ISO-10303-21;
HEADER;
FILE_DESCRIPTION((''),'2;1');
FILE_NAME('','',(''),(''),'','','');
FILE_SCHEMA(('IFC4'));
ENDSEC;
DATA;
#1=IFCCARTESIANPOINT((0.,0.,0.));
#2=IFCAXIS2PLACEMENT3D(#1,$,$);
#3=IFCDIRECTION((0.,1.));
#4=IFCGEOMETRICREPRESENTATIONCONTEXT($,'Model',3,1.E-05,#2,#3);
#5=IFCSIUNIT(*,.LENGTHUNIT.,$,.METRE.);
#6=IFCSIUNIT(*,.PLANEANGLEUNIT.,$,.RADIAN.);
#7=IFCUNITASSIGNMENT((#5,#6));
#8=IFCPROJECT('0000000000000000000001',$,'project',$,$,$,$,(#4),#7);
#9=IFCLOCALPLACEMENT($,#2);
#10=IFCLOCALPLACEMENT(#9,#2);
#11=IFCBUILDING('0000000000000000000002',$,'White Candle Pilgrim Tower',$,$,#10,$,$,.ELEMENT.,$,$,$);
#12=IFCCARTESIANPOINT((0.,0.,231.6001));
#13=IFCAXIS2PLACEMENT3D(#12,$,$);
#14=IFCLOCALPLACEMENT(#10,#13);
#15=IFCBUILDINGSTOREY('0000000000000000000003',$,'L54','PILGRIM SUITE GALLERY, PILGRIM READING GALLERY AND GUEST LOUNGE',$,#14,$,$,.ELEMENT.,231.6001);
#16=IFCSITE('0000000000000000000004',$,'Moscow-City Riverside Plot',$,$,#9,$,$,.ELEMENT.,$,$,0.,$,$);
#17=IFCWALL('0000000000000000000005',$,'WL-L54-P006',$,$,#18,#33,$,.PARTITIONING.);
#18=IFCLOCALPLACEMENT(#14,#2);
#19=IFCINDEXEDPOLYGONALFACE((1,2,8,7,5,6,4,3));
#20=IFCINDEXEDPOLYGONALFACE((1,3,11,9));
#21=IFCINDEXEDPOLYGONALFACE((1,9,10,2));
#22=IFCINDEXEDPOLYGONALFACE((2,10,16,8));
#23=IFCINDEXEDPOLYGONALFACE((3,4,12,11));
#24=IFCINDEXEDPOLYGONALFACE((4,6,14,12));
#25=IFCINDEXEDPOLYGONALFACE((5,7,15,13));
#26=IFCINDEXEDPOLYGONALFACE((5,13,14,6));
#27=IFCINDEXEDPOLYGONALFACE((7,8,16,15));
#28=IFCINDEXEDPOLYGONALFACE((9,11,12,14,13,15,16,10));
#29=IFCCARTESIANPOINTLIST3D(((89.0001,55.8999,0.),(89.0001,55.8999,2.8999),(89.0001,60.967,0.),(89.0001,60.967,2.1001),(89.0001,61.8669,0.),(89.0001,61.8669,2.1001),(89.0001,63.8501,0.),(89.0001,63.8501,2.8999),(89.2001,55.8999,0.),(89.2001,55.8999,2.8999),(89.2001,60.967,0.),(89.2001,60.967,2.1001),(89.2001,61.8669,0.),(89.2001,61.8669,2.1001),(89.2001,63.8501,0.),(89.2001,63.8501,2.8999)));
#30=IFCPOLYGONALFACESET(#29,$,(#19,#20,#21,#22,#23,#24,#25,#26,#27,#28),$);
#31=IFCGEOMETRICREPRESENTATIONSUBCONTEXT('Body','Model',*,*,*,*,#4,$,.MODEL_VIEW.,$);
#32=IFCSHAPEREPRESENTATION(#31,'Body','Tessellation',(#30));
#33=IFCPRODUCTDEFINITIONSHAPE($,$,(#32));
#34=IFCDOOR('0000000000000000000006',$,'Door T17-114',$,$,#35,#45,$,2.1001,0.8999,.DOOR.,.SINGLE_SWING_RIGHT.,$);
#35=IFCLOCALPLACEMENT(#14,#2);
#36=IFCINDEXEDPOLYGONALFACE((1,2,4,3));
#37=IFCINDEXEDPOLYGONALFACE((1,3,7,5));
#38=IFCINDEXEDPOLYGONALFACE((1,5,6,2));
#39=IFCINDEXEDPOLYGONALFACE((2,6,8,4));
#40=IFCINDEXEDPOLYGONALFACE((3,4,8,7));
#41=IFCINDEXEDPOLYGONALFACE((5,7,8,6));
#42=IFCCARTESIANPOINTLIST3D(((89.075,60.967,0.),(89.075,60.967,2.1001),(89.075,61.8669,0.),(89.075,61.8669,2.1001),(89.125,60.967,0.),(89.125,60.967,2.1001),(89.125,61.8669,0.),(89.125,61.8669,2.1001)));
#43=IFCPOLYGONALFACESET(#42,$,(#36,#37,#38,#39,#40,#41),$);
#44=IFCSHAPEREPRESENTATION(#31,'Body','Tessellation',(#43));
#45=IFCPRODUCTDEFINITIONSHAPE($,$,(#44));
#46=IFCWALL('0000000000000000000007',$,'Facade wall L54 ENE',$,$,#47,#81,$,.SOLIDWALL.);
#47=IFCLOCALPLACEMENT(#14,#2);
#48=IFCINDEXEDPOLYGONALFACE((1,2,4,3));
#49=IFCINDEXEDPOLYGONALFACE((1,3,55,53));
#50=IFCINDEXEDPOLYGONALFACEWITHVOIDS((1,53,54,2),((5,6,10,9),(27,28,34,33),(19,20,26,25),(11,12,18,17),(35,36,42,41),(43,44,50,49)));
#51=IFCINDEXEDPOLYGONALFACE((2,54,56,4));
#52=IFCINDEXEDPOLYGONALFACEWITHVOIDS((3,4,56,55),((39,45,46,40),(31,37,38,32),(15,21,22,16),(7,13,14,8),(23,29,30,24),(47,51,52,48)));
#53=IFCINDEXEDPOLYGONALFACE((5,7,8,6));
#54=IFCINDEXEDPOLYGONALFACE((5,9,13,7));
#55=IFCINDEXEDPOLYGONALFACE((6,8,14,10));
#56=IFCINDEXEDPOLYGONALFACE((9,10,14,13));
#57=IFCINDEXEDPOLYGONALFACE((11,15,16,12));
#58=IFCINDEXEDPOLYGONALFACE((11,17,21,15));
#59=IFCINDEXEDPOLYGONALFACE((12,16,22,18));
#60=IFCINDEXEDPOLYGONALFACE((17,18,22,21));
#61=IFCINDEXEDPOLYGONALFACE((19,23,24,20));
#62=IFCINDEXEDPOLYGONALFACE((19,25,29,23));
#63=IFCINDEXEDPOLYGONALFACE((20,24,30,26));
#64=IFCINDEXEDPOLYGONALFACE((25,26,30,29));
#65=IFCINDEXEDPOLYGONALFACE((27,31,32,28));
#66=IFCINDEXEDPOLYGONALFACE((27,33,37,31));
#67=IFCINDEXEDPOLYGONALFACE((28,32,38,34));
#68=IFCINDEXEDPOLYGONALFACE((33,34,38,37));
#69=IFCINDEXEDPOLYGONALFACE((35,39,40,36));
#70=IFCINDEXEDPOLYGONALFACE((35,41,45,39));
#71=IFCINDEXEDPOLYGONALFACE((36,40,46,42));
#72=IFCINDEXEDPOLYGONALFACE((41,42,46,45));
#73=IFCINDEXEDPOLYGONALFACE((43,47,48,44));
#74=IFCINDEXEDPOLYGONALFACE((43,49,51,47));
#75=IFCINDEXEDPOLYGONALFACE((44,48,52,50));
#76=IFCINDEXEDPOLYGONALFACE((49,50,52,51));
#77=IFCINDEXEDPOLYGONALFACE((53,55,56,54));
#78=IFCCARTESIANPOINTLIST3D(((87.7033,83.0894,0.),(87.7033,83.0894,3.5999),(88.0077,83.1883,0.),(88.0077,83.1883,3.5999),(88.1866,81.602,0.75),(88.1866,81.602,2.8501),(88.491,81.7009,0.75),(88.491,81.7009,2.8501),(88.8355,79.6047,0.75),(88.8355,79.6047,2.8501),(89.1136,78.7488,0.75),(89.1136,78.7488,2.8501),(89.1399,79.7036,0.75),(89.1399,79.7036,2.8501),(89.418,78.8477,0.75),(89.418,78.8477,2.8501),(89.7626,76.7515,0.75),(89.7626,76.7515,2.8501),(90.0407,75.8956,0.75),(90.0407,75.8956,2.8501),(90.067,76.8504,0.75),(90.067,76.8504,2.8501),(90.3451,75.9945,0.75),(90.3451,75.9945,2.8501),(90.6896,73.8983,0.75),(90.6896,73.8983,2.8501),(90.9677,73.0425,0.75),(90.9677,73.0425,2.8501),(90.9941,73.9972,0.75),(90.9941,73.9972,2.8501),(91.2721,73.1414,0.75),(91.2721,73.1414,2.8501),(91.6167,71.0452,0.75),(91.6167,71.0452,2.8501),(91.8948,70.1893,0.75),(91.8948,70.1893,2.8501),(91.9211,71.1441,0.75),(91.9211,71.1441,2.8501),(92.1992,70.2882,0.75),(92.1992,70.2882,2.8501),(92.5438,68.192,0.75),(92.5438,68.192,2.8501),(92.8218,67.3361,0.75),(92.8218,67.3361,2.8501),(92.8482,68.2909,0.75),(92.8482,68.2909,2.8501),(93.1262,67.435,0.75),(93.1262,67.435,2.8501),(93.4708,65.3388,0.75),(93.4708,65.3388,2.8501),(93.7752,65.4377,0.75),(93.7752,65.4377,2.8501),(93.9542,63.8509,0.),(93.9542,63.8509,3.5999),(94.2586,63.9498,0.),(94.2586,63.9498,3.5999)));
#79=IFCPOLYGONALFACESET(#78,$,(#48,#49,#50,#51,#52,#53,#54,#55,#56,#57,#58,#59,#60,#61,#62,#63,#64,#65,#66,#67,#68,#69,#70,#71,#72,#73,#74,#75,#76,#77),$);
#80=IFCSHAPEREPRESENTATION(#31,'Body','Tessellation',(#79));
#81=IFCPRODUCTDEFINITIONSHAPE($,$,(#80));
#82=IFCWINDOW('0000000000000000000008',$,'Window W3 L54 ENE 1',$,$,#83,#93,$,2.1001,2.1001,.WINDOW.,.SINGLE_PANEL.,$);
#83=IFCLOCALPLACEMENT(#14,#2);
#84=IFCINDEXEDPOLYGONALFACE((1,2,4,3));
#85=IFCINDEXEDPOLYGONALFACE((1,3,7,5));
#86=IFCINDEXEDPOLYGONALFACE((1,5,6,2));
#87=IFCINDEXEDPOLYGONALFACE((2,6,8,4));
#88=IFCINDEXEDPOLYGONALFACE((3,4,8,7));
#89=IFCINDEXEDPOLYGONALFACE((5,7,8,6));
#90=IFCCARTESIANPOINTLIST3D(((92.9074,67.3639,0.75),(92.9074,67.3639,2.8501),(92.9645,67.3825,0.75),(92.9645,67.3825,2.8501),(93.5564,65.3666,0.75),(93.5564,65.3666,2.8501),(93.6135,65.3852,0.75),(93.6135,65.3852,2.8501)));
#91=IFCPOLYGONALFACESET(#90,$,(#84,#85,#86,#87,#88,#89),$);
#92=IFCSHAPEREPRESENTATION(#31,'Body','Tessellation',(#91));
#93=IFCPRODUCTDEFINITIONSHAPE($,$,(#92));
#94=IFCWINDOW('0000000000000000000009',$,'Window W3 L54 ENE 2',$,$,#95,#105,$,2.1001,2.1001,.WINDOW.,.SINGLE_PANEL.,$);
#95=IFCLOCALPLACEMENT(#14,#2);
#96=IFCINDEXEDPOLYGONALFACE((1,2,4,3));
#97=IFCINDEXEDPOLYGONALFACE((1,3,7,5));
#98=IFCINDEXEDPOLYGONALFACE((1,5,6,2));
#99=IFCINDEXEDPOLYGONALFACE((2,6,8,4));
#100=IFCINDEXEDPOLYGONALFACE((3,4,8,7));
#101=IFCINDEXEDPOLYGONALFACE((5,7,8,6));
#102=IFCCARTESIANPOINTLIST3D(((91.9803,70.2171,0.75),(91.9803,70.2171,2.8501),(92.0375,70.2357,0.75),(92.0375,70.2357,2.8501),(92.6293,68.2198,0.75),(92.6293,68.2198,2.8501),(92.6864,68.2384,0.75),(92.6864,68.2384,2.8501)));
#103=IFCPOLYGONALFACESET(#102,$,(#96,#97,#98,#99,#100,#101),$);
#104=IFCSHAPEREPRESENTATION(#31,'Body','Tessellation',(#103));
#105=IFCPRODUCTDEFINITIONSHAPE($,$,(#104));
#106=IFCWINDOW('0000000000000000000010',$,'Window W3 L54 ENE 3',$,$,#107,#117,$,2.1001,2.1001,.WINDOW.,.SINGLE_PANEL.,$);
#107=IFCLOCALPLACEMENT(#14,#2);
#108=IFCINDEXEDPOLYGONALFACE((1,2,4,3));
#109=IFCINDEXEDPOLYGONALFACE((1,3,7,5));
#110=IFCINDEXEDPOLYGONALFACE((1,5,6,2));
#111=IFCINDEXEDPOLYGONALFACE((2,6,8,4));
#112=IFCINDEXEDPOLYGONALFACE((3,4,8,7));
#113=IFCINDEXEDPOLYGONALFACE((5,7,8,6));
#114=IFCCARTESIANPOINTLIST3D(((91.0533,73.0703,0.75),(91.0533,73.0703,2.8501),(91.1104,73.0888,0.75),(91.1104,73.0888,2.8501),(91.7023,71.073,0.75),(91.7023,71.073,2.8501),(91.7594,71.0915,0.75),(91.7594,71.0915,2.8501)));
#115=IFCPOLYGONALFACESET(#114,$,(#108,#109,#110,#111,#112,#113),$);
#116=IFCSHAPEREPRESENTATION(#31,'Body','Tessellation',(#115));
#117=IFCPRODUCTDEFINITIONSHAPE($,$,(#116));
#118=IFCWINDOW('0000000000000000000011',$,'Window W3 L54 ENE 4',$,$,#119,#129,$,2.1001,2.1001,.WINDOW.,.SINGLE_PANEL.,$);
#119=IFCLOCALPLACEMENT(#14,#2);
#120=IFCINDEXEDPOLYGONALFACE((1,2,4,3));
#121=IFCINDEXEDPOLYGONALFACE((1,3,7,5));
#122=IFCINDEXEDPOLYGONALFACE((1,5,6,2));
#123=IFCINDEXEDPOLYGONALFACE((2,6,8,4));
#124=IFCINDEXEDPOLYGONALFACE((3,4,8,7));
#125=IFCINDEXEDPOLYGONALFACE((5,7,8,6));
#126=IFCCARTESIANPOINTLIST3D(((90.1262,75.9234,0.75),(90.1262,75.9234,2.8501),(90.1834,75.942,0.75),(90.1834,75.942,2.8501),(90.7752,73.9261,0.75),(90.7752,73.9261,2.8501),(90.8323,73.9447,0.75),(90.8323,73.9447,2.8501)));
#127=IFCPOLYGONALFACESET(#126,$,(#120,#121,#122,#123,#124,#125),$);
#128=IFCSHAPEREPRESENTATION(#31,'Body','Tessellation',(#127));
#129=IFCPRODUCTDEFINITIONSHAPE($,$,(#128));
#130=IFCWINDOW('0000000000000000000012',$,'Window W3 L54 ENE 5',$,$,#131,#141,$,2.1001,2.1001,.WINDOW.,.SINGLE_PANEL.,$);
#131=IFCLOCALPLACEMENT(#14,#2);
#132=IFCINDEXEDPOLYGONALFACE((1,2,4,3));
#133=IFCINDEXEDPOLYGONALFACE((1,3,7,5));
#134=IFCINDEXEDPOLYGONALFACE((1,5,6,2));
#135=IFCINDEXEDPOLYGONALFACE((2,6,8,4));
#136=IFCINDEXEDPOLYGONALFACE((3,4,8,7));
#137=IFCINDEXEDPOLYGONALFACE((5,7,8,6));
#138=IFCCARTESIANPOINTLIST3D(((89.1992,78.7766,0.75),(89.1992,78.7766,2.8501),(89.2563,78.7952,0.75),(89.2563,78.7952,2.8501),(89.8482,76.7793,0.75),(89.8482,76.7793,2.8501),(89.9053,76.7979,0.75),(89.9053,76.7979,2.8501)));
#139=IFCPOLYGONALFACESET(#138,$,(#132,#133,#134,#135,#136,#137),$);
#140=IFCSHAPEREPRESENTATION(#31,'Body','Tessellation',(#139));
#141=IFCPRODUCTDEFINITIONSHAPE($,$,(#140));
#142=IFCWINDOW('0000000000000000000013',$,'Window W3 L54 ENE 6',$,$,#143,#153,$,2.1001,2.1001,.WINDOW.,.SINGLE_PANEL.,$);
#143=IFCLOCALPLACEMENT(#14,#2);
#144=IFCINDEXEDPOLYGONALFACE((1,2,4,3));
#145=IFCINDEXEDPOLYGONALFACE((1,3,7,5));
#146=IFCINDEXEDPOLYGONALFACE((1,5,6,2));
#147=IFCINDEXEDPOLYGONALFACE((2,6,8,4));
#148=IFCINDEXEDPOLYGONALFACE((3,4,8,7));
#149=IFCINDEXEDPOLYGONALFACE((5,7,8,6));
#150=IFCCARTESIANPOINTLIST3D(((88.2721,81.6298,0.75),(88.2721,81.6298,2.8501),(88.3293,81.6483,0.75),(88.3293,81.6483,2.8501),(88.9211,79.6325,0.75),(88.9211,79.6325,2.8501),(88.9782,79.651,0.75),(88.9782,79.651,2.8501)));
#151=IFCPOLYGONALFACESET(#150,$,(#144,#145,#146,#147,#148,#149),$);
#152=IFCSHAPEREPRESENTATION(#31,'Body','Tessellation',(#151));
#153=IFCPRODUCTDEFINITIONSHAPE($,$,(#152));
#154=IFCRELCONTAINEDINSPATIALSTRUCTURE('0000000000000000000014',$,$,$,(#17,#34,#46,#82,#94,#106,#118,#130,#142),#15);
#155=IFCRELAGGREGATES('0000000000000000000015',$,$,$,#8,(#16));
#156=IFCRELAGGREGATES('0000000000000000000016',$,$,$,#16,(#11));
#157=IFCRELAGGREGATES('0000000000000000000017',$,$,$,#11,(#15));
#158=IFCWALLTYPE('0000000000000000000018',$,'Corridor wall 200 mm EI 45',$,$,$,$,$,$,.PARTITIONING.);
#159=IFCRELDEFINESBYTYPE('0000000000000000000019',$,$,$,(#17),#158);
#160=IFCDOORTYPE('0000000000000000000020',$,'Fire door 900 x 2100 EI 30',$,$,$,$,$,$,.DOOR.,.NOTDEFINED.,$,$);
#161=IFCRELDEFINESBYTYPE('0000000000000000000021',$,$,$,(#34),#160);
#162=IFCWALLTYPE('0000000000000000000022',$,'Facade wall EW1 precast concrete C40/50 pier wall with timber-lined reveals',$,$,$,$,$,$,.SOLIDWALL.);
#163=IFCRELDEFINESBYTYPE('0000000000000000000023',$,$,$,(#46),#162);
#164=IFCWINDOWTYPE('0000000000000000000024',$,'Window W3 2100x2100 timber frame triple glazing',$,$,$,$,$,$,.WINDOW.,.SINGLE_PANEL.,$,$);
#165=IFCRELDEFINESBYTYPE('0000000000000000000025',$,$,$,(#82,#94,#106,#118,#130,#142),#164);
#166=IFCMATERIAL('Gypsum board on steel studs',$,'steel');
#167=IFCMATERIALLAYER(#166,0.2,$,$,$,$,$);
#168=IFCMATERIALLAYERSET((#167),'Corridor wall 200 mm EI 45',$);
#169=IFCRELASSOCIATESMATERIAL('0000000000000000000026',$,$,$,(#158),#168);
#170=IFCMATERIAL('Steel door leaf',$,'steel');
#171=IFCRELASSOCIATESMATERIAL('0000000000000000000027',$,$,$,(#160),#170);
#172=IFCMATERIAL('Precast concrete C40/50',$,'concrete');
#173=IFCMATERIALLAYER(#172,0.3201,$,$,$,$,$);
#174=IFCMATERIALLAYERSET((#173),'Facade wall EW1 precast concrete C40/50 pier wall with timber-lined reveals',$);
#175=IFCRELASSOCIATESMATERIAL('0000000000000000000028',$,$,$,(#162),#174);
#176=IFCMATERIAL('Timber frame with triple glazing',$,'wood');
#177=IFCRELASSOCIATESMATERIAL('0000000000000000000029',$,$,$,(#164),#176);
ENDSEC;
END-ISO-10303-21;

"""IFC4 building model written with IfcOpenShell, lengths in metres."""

from ifc_helpers import new_model, si_unit, direction, frame, frame_2d, origin, place, context, subcontext, project, spatial, rectangle, extrude, material, layer, layer_set, type_object, element, fill, save


model = new_model("IFC4")

# Units and contexts
model_context = context("Model", 3, precision=1e-05, world=origin(), true_north=direction((0.0, 1.0)))
body_context = subcontext(model_context, "Body", "Model", "MODEL_VIEW")
ifc_project = project(units=[si_unit("LENGTHUNIT", "METRE"), si_unit("PLANEANGLEUNIT", "RADIAN")], contexts=[model_context])

# Site, building, storey
site_placement = place(None, origin())
site = spatial("IfcSite", under=ifc_project, at=site_placement, Name="Moscow-City Riverside Plot", CompositionType="ELEMENT", RefElevation=0.0)
building_placement = place(site_placement, origin())
building = spatial("IfcBuilding", under=site, at=building_placement, Name="White Candle Pilgrim Tower", CompositionType="ELEMENT")
storey_placement = place(building_placement, frame((0.0, 0.0, 231.6001)))
storey = spatial("IfcBuildingStorey", under=building, at=storey_placement, Name="L54", Description="PILGRIM SUITE GALLERY, PILGRIM READING GALLERY AND GUEST LOUNGE", CompositionType="ELEMENT", Elevation=231.6001)

# Wall, opening, door
ifc_material_1 = material(Name="Gypsum board on steel studs", Category="steel")
ifc_layer_1 = layer(ifc_material_1, 0.2)
ifc_layer_set_1 = layer_set([ifc_layer_1], Name="Corridor wall 200 mm EI 45")
wall_type_1 = type_object("IfcWallType", Name="Corridor wall 200 mm EI 45", PredefinedType="PARTITIONING", material=ifc_layer_set_1)
ifc_material_2 = material(Name="Steel door leaf", Category="steel")
door_type_1 = type_object("IfcDoorType", Name="Fire door 900 x 2100 EI 30", OperationType="NOTDEFINED", PredefinedType="DOOR", material=ifc_material_2)
wall_1_placement = place(storey_placement, frame((89.1001, 63.8501, 0.0), z_axis=(0.0, 0.0, 1.0), x_axis=(0.0, -1.0, 0.0)))
wall_1 = element("IfcWall", 1, at=wall_1_placement, inside=storey, type_object=wall_type_1, Name="WL-L54-P006", PredefinedType="PARTITIONING", context=body_context, shape_type="SweptSolid", body=[
    extrude(rectangle(XDim=7.9502, YDim=0.2, at=frame_2d((3.9751, 0.0))), origin(), (0.0, 0.0, 1.0), 2.8999),
])
opening_1_placement = place(wall_1_placement, frame((1.9832, 0.0, 0.0)))
opening_1 = element("IfcOpeningElement", 2, at=opening_1_placement, cuts=wall_1, PredefinedType="OPENING", context=body_context, shape_type="SweptSolid", body=[
    extrude(rectangle(XDim=0.8999, YDim=2.1001, at=frame_2d((0.45, 1.05))), frame((0.0, 0.1099, 0.0), z_axis=(0.0, -1.0, 0.0), x_axis=(1.0, 0.0, 0.0)), (0.0, 0.0, 1.0), 0.22),
])
door_1_placement = place(opening_1_placement, origin())
door_1 = element("IfcDoor", 3, at=door_1_placement, inside=storey, type_object=door_type_1, Name="Door T17-114", OperationType="SINGLE_SWING_RIGHT", OverallHeight=2.1001, OverallWidth=0.8999, PredefinedType="DOOR", context=body_context, shape_type="SweptSolid", body=[
    extrude(rectangle(XDim=0.8999, YDim=2.1001, at=frame_2d((0.45, 1.05))), frame((0.0, 0.0249, 0.0), z_axis=(0.0, -1.0, 0.0), x_axis=(1.0, 0.0, 0.0)), (0.0, 0.0, 1.0), 0.05),
])
fill(opening_1, door_1)

# Wall, openings, windows
ifc_material_3 = material(Name="Precast concrete C40/50", Category="concrete")
ifc_layer_2 = layer(ifc_material_3, 0.3201)
ifc_layer_set_2 = layer_set([ifc_layer_2], Name="Facade wall EW1 precast concrete C40/50 pier wall with timber-lined reveals")
wall_type_2 = type_object("IfcWallType", Name="Facade wall EW1 precast concrete C40/50 pier wall with timber-lined reveals", PredefinedType="SOLIDWALL", material=ifc_layer_set_2)
wall_2_placement = place(storey_placement, frame((94.1064, 63.9004, 0.0), z_axis=(0.0, 0.0, 1.0), x_axis=(-0.309017, 0.951057, 0.0)))
wall_2 = element("IfcWall", 4, at=wall_2_placement, inside=storey, type_object=wall_type_2, Name="Facade wall L54 ENE", PredefinedType="SOLIDWALL", context=body_context, shape_type="SweptSolid", body=[
    extrude(rectangle(XDim=20.2285, YDim=0.3201, at=frame_2d((10.1143, 0.0))), origin(), (0.0, 0.0, 1.0), 3.5999),
])
opening_2_placement = place(wall_2_placement, frame((1.5645, 0.0, 0.75)))
opening_2 = element("IfcOpeningElement", 5, at=opening_2_placement, cuts=wall_2, PredefinedType="OPENING", context=body_context, shape_type="SweptSolid", body=[
    extrude(rectangle(XDim=2.1001, YDim=2.1001, at=frame_2d((1.05, 1.05))), frame((0.0, 0.1699, 0.0), z_axis=(0.0, -1.0, 0.0), x_axis=(1.0, 0.0, 0.0)), (0.0, 0.0, 1.0), 0.3401),
])
opening_3_placement = place(wall_2_placement, frame((4.5645, 0.0, 0.75)))
opening_3 = element("IfcOpeningElement", 6, at=opening_3_placement, cuts=wall_2, PredefinedType="OPENING", context=body_context, shape_type="SweptSolid", body=[
    extrude(rectangle(XDim=2.1001, YDim=2.1001, at=frame_2d((1.05, 1.05))), frame((0.0, 0.1699, 0.0), z_axis=(0.0, -1.0, 0.0), x_axis=(1.0, 0.0, 0.0)), (0.0, 0.0, 1.0), 0.3401),
])
opening_4_placement = place(wall_2_placement, frame((7.5645, 0.0, 0.75)))
opening_4 = element("IfcOpeningElement", 7, at=opening_4_placement, cuts=wall_2, PredefinedType="OPENING", context=body_context, shape_type="SweptSolid", body=[
    extrude(rectangle(XDim=2.1001, YDim=2.1001, at=frame_2d((1.05, 1.05))), frame((0.0, 0.1699, 0.0), z_axis=(0.0, -1.0, 0.0), x_axis=(1.0, 0.0, 0.0)), (0.0, 0.0, 1.0), 0.3401),
])
opening_5_placement = place(wall_2_placement, frame((10.5645, 0.0, 0.75)))
opening_5 = element("IfcOpeningElement", 8, at=opening_5_placement, cuts=wall_2, PredefinedType="OPENING", context=body_context, shape_type="SweptSolid", body=[
    extrude(rectangle(XDim=2.1001, YDim=2.1001, at=frame_2d((1.05, 1.05))), frame((0.0, 0.1699, 0.0), z_axis=(0.0, -1.0, 0.0), x_axis=(1.0, 0.0, 0.0)), (0.0, 0.0, 1.0), 0.3401),
])
opening_6_placement = place(wall_2_placement, frame((13.5645, 0.0, 0.75)))
opening_6 = element("IfcOpeningElement", 9, at=opening_6_placement, cuts=wall_2, PredefinedType="OPENING", context=body_context, shape_type="SweptSolid", body=[
    extrude(rectangle(XDim=2.1001, YDim=2.1001, at=frame_2d((1.05, 1.05))), frame((0.0, 0.1699, 0.0), z_axis=(0.0, -1.0, 0.0), x_axis=(1.0, 0.0, 0.0)), (0.0, 0.0, 1.0), 0.3401),
])
opening_7_placement = place(wall_2_placement, frame((16.5645, 0.0, 0.75)))
opening_7 = element("IfcOpeningElement", 10, at=opening_7_placement, cuts=wall_2, PredefinedType="OPENING", context=body_context, shape_type="SweptSolid", body=[
    extrude(rectangle(XDim=2.1001, YDim=2.1001, at=frame_2d((1.05, 1.05))), frame((0.0, 0.1699, 0.0), z_axis=(0.0, -1.0, 0.0), x_axis=(1.0, 0.0, 0.0)), (0.0, 0.0, 1.0), 0.3401),
])
ifc_material_4 = material(Name="Timber frame with triple glazing", Category="wood")
window_type = type_object("IfcWindowType", Name="Window W3 2100x2100 timber frame triple glazing", PartitioningType="SINGLE_PANEL", PredefinedType="WINDOW", material=ifc_material_4)
window_1_placement = place(opening_2_placement, origin())
window_1 = element("IfcWindow", 11, at=window_1_placement, inside=storey, type_object=window_type, Name="Window W3 L54 ENE 1", OverallHeight=2.1001, OverallWidth=2.1001, PartitioningType="SINGLE_PANEL", PredefinedType="WINDOW", context=body_context, shape_type="SweptSolid", body=[
    extrude(rectangle(XDim=2.1001, YDim=2.1001, at=frame_2d((1.05, 1.05))), frame((0.0, 0.0701, 0.0), z_axis=(0.0, -1.0, 0.0), x_axis=(1.0, 0.0, 0.0)), (0.0, 0.0, 1.0), 0.0601),
])
fill(opening_2, window_1)
window_2_placement = place(opening_3_placement, origin())
window_2 = element("IfcWindow", 12, at=window_2_placement, inside=storey, type_object=window_type, Name="Window W3 L54 ENE 2", OverallHeight=2.1001, OverallWidth=2.1001, PartitioningType="SINGLE_PANEL", PredefinedType="WINDOW", context=body_context, shape_type="SweptSolid", body=[
    extrude(rectangle(XDim=2.1001, YDim=2.1001, at=frame_2d((1.05, 1.05))), frame((0.0, 0.0701, 0.0), z_axis=(0.0, -1.0, 0.0), x_axis=(1.0, 0.0, 0.0)), (0.0, 0.0, 1.0), 0.0601),
])
fill(opening_3, window_2)
window_3_placement = place(opening_4_placement, origin())
window_3 = element("IfcWindow", 13, at=window_3_placement, inside=storey, type_object=window_type, Name="Window W3 L54 ENE 3", OverallHeight=2.1001, OverallWidth=2.1001, PartitioningType="SINGLE_PANEL", PredefinedType="WINDOW", context=body_context, shape_type="SweptSolid", body=[
    extrude(rectangle(XDim=2.1001, YDim=2.1001, at=frame_2d((1.05, 1.05))), frame((0.0, 0.0701, 0.0), z_axis=(0.0, -1.0, 0.0), x_axis=(1.0, 0.0, 0.0)), (0.0, 0.0, 1.0), 0.0601),
])
fill(opening_4, window_3)
window_4_placement = place(opening_5_placement, origin())
window_4 = element("IfcWindow", 14, at=window_4_placement, inside=storey, type_object=window_type, Name="Window W3 L54 ENE 4", OverallHeight=2.1001, OverallWidth=2.1001, PartitioningType="SINGLE_PANEL", PredefinedType="WINDOW", context=body_context, shape_type="SweptSolid", body=[
    extrude(rectangle(XDim=2.1001, YDim=2.1001, at=frame_2d((1.05, 1.05))), frame((0.0, 0.0701, 0.0), z_axis=(0.0, -1.0, 0.0), x_axis=(1.0, 0.0, 0.0)), (0.0, 0.0, 1.0), 0.0601),
])
fill(opening_5, window_4)
window_5_placement = place(opening_6_placement, origin())
window_5 = element("IfcWindow", 15, at=window_5_placement, inside=storey, type_object=window_type, Name="Window W3 L54 ENE 5", OverallHeight=2.1001, OverallWidth=2.1001, PartitioningType="SINGLE_PANEL", PredefinedType="WINDOW", context=body_context, shape_type="SweptSolid", body=[
    extrude(rectangle(XDim=2.1001, YDim=2.1001, at=frame_2d((1.05, 1.05))), frame((0.0, 0.0701, 0.0), z_axis=(0.0, -1.0, 0.0), x_axis=(1.0, 0.0, 0.0)), (0.0, 0.0, 1.0), 0.0601),
])
fill(opening_6, window_5)
window_6_placement = place(opening_7_placement, origin())
window_6 = element("IfcWindow", 16, at=window_6_placement, inside=storey, type_object=window_type, Name="Window W3 L54 ENE 6", OverallHeight=2.1001, OverallWidth=2.1001, PartitioningType="SINGLE_PANEL", PredefinedType="WINDOW", context=body_context, shape_type="SweptSolid", body=[
    extrude(rectangle(XDim=2.1001, YDim=2.1001, at=frame_2d((1.05, 1.05))), frame((0.0, 0.0701, 0.0), z_axis=(0.0, -1.0, 0.0), x_axis=(1.0, 0.0, 0.0)), (0.0, 0.0, 1.0), 0.0601),
])
fill(opening_7, window_6)

save(model, "model.ifc")
